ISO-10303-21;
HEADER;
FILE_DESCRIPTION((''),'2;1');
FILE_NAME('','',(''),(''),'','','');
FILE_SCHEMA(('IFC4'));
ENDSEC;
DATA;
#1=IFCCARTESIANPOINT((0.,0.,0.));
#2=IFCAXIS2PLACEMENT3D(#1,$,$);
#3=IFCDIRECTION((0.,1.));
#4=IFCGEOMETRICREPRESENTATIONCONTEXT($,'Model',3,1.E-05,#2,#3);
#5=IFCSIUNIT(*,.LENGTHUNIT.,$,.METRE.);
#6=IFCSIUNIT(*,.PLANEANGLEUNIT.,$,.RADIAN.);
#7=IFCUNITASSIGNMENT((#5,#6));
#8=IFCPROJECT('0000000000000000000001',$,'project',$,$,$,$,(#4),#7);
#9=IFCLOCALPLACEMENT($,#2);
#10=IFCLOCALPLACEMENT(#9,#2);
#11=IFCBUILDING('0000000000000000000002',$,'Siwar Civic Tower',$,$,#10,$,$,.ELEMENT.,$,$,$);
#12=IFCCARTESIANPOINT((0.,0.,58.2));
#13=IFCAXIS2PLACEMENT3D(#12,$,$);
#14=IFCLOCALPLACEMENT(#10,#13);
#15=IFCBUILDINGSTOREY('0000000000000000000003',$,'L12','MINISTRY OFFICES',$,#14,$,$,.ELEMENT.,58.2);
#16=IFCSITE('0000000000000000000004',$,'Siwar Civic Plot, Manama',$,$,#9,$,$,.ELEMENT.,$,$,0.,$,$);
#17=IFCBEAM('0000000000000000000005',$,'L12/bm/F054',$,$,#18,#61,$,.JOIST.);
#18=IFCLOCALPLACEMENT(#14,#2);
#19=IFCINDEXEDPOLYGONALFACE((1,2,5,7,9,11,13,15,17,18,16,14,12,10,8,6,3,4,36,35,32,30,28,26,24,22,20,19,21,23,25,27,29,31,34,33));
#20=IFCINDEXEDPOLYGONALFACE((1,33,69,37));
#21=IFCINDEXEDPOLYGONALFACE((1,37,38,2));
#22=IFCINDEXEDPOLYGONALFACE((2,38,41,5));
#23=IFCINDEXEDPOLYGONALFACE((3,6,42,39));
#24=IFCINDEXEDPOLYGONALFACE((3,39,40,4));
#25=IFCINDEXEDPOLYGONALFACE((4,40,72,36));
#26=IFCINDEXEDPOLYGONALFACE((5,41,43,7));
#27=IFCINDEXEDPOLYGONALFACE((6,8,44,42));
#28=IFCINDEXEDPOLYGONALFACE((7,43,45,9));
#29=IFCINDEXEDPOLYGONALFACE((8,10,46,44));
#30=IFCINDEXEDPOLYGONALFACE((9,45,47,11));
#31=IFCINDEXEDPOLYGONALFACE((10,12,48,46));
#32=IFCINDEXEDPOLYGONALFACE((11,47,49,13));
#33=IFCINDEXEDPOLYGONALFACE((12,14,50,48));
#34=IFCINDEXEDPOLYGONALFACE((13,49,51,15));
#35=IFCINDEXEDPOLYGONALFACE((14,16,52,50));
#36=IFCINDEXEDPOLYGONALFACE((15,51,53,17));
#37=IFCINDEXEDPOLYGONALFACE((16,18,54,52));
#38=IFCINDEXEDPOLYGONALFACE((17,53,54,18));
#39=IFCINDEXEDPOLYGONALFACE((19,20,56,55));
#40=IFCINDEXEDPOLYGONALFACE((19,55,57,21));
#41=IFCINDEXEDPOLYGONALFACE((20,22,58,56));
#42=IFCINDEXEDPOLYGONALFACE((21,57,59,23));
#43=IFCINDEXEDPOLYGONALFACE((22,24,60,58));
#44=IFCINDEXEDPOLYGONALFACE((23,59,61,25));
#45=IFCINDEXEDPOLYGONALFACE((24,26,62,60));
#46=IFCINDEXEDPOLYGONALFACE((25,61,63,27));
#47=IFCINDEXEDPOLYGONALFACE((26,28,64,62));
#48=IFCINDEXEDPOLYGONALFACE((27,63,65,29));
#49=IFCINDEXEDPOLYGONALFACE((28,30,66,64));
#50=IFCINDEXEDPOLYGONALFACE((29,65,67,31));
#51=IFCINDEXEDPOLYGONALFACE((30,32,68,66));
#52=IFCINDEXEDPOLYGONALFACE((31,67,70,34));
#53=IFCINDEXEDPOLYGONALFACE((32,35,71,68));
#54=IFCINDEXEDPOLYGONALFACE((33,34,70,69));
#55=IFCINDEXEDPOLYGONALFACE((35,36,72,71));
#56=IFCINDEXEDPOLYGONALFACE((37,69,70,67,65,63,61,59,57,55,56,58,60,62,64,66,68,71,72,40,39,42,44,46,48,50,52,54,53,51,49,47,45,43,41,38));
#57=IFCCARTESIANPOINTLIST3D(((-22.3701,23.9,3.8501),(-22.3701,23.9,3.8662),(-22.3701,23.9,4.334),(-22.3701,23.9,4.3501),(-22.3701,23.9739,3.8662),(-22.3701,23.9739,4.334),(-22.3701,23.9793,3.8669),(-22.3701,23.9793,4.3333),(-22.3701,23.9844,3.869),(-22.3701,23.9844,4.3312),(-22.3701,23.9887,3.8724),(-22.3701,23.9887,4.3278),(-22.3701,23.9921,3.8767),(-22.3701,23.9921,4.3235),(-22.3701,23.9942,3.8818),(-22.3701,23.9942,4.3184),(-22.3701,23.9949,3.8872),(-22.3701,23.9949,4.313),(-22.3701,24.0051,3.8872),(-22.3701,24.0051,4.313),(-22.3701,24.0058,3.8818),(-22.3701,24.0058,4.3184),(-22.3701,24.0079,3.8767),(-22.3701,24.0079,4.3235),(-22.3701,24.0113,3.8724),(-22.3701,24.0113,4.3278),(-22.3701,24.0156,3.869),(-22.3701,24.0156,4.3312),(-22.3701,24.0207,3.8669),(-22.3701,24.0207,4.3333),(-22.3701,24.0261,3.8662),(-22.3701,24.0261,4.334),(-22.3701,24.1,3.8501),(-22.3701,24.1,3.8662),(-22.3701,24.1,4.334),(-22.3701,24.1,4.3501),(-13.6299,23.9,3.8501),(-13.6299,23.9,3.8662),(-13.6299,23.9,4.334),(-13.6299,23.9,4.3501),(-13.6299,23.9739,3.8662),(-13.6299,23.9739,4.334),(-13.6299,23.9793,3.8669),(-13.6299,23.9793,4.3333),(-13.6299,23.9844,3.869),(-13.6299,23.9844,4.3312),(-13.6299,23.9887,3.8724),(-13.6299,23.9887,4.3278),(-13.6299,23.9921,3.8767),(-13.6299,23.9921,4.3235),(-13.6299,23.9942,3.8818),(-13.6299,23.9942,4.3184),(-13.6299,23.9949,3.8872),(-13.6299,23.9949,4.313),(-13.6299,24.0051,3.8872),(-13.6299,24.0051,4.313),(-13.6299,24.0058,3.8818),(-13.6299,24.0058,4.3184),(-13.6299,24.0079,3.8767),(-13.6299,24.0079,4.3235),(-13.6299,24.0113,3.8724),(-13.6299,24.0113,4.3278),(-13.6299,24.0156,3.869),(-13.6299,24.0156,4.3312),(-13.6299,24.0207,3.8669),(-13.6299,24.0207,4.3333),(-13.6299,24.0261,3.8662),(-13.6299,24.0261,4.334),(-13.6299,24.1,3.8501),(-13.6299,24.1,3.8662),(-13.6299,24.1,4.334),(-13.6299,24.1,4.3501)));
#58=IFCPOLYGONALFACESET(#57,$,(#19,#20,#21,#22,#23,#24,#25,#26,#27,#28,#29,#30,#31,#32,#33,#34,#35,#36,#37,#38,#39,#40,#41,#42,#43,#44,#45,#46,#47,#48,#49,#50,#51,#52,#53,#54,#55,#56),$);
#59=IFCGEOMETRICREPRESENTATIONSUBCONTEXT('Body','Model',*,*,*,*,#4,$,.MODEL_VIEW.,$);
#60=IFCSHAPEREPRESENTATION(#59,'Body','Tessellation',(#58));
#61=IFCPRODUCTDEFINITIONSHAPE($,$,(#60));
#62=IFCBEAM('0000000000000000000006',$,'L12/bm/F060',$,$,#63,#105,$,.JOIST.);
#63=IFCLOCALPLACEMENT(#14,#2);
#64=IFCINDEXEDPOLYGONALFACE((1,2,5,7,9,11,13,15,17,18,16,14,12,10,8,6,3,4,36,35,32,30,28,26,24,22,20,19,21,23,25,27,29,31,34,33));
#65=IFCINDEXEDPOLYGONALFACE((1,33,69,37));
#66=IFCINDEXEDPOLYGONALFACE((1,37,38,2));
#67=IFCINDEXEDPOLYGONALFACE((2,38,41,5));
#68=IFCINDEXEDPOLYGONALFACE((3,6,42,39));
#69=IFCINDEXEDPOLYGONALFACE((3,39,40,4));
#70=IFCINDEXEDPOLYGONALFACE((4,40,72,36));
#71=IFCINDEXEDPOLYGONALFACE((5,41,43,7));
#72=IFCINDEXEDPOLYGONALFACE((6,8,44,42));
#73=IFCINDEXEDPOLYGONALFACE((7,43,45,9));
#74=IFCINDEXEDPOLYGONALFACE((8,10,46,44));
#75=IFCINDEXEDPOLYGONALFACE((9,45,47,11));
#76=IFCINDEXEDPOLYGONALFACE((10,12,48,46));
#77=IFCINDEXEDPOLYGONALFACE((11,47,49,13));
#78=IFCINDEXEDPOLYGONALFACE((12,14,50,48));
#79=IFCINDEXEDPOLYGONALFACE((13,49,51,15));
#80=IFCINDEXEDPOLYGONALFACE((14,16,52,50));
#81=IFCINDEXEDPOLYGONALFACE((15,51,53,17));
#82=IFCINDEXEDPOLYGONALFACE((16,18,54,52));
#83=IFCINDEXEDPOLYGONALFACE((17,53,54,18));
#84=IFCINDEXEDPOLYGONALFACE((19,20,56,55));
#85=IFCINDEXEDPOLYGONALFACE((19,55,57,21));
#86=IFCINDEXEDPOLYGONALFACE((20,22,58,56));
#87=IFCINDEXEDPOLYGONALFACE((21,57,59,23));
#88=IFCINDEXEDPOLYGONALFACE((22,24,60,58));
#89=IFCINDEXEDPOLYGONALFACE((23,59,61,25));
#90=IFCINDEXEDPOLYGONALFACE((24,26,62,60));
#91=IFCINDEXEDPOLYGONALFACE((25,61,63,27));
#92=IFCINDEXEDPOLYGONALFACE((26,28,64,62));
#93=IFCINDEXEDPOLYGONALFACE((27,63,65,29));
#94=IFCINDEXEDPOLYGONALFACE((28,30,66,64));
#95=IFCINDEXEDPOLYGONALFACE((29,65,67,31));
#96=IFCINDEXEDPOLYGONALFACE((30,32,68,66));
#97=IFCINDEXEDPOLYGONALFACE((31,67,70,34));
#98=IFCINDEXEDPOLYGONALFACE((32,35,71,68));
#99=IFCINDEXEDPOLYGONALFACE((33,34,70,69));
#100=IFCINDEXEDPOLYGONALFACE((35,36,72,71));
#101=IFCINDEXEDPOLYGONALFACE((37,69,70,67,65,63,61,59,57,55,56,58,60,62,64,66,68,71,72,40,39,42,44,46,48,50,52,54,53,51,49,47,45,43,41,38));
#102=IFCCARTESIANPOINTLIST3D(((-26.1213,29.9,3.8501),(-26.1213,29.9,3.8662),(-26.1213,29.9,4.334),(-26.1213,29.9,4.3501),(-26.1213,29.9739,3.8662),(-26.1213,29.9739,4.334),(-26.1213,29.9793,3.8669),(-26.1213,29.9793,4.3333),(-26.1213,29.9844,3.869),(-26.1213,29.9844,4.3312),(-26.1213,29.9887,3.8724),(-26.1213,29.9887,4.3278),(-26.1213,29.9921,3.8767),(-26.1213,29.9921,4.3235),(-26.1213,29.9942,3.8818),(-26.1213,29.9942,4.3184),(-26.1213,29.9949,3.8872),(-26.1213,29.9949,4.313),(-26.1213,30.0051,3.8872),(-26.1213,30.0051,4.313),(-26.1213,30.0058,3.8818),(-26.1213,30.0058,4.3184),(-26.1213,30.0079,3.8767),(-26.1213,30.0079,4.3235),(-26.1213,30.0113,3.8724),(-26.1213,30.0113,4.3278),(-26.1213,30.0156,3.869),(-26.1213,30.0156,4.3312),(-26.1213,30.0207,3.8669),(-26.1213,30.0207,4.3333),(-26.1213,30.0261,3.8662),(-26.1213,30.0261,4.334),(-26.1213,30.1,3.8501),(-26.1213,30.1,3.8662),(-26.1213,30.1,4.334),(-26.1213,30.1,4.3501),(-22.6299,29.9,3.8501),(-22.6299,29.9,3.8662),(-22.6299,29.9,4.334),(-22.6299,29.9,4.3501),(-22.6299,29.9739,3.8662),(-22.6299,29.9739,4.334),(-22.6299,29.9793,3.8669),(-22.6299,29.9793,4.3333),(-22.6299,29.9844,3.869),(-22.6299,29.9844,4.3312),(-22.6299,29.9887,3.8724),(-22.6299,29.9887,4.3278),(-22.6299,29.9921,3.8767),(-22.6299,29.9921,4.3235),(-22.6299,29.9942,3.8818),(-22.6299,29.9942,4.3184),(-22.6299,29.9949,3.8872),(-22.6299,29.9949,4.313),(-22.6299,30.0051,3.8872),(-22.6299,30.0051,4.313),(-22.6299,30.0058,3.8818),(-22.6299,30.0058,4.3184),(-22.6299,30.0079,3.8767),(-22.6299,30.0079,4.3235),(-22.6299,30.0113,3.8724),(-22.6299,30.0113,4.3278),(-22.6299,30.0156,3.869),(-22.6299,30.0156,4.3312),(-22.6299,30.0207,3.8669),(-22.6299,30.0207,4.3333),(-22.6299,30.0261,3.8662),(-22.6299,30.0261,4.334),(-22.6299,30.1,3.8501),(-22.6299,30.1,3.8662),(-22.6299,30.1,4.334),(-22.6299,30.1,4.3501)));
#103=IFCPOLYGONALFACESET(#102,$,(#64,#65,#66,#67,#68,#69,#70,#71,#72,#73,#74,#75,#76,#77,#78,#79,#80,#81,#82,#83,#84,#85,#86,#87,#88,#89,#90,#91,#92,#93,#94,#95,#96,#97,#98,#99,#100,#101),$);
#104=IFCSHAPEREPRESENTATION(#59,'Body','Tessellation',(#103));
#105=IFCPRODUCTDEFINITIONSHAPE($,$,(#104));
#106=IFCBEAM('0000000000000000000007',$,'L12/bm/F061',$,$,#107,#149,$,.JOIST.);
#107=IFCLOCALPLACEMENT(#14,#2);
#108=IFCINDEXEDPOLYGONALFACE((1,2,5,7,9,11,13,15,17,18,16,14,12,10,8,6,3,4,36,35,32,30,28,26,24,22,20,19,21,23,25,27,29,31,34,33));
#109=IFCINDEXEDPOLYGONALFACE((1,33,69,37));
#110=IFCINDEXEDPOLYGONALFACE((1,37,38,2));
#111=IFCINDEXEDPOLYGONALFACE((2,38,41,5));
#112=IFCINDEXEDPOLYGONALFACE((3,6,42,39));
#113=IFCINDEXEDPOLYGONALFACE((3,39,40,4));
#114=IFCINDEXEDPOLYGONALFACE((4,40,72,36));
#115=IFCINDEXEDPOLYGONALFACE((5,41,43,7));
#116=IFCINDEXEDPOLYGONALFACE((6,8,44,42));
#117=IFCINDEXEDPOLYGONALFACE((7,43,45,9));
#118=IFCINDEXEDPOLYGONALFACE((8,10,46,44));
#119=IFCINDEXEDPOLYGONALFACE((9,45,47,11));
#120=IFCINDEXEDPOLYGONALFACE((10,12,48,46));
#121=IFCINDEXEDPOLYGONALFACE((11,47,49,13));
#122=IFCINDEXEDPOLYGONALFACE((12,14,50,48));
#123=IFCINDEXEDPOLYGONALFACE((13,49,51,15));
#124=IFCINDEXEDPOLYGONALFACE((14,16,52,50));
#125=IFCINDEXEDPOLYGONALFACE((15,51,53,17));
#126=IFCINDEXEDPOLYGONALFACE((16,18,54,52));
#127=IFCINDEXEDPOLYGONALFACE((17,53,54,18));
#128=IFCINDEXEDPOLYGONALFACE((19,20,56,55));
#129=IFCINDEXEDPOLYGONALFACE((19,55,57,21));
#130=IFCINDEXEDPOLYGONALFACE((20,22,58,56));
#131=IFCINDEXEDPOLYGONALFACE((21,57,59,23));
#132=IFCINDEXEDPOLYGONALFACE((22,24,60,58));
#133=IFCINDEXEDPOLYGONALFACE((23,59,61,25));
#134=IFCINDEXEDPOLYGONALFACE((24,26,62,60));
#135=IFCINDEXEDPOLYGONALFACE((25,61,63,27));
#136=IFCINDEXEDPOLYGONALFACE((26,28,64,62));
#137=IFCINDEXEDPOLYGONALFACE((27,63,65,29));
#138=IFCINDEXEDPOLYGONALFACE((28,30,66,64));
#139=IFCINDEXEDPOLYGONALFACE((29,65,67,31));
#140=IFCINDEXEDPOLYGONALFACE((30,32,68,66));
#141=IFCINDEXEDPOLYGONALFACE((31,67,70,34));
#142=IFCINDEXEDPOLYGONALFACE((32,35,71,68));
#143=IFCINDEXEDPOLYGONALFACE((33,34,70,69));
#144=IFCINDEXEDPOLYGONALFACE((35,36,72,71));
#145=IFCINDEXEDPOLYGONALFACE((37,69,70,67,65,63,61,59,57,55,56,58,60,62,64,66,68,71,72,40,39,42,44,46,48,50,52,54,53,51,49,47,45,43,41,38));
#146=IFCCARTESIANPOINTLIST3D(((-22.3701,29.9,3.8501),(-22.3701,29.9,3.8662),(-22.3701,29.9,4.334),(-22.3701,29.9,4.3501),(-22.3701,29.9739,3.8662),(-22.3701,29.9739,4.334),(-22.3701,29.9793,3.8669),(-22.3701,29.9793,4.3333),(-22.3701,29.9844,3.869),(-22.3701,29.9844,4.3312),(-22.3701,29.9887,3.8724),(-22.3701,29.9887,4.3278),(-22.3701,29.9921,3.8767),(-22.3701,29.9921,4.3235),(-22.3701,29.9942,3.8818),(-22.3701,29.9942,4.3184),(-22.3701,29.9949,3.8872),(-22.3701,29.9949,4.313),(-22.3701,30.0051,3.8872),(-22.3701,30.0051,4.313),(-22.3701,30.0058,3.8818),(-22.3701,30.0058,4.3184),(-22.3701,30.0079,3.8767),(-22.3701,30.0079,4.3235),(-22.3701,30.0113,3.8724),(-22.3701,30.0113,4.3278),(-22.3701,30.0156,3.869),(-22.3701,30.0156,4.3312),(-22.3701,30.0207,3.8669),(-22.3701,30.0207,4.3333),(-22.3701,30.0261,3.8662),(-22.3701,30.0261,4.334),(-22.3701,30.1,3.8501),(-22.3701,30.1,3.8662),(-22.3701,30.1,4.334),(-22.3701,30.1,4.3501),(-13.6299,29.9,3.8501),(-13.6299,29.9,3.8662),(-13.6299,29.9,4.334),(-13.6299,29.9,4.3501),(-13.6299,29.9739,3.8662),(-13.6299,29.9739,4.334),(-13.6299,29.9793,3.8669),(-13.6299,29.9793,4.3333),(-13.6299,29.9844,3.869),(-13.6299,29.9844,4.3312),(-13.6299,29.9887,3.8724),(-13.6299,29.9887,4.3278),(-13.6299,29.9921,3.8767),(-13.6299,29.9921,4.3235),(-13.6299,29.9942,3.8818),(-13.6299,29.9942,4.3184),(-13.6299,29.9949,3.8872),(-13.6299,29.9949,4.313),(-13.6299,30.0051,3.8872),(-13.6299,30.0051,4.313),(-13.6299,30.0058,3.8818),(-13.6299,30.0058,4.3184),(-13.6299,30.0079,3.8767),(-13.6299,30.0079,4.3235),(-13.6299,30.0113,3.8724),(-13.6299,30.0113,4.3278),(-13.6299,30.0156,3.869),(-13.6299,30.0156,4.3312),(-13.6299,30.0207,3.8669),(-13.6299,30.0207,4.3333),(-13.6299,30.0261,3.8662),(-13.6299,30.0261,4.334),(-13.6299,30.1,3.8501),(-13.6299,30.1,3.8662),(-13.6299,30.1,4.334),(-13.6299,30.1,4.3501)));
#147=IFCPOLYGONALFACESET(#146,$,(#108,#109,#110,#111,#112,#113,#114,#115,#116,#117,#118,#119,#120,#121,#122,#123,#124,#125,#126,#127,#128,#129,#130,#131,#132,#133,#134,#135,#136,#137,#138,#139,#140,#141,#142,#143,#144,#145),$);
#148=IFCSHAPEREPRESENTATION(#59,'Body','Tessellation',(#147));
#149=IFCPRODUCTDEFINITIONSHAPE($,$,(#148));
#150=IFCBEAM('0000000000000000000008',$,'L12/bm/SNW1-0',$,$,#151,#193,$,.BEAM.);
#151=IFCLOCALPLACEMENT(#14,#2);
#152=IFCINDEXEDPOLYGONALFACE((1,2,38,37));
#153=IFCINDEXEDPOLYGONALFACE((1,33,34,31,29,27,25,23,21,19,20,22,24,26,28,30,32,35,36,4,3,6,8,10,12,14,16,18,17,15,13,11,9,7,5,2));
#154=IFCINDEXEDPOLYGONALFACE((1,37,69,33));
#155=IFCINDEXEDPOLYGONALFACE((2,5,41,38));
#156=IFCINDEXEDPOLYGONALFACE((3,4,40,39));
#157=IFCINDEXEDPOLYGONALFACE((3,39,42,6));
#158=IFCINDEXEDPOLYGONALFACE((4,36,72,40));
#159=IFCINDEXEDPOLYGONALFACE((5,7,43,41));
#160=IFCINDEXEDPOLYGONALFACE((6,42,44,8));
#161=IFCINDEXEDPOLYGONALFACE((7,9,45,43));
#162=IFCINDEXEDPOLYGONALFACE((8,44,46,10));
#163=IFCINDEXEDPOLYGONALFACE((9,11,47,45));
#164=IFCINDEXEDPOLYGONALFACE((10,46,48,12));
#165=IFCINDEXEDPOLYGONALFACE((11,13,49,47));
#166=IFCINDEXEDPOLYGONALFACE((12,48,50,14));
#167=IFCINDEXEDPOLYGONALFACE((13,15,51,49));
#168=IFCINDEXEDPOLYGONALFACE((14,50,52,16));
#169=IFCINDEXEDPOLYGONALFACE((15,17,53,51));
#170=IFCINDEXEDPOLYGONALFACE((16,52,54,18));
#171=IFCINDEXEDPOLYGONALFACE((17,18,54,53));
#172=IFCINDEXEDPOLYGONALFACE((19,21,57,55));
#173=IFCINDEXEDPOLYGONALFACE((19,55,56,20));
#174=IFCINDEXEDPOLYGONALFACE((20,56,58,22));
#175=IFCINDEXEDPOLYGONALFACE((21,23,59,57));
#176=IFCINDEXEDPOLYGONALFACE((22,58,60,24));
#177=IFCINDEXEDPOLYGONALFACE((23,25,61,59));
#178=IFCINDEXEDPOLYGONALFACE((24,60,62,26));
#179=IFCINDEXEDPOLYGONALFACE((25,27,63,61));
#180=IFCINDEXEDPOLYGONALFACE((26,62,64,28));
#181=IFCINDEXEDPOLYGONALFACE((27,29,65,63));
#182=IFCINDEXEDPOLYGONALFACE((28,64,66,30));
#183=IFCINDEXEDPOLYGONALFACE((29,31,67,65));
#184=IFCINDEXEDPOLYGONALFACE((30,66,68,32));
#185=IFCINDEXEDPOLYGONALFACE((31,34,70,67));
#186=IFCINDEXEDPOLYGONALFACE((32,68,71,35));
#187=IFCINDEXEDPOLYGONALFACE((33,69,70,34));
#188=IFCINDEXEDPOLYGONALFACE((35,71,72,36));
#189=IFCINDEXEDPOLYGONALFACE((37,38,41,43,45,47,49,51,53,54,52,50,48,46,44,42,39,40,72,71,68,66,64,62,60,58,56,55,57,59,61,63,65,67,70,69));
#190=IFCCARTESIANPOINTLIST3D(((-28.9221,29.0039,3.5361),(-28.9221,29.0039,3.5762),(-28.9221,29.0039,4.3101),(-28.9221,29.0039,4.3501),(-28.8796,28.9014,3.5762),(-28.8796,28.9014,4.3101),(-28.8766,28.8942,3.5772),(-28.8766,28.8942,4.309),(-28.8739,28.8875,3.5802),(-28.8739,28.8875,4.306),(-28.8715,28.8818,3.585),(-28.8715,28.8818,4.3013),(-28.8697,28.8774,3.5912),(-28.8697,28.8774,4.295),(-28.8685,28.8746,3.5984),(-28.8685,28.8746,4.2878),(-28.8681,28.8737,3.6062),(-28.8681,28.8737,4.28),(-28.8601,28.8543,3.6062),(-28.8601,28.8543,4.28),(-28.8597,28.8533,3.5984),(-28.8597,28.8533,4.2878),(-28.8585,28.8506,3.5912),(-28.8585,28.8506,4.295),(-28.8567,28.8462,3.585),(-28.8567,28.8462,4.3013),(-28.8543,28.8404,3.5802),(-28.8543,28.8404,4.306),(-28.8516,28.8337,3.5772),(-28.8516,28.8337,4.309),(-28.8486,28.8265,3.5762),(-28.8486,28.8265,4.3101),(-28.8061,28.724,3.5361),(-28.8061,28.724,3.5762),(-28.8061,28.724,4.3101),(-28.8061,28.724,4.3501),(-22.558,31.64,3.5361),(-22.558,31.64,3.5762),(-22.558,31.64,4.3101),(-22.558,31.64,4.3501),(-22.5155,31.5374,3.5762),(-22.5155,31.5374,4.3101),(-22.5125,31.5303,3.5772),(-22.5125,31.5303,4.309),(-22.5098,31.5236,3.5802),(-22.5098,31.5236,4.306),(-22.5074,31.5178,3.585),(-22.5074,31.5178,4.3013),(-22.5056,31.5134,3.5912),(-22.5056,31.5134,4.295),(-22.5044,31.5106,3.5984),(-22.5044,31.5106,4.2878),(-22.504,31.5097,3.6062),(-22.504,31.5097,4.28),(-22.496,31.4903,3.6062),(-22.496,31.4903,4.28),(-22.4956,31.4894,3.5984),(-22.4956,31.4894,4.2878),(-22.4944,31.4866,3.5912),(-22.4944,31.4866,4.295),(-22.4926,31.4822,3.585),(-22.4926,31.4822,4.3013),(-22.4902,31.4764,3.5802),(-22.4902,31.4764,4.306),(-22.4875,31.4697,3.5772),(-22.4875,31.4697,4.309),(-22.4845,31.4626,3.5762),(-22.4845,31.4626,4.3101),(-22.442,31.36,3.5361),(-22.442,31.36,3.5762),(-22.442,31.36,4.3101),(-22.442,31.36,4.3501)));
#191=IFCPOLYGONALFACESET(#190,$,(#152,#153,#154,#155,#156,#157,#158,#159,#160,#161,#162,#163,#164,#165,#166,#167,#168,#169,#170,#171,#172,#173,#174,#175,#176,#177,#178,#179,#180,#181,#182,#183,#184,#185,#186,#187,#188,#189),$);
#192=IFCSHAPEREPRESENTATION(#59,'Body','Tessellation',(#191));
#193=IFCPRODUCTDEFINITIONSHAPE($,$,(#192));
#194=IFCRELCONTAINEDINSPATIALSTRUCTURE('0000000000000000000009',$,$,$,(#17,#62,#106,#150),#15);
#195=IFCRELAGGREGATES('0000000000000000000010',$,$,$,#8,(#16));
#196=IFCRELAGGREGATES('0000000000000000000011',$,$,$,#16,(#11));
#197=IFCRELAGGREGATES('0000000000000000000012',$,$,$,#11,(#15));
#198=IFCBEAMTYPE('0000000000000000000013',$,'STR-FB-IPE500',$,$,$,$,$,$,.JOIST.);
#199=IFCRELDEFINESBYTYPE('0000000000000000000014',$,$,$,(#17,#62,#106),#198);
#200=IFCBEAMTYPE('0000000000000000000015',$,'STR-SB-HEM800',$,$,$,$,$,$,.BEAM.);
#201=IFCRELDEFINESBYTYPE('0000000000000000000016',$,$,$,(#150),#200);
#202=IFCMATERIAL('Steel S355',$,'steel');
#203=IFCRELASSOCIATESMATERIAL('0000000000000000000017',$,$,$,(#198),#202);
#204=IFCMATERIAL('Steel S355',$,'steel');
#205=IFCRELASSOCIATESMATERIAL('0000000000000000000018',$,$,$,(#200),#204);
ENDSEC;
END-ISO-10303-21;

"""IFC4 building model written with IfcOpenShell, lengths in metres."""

from ifc_helpers import new_model, si_unit, direction, frame, origin, origin_2d, place, context, subcontext, project, spatial, i_section, extrude, material, material_profile, profile_set, type_object, element, save


model = new_model("IFC4")

# Units and contexts
model_context = context("Model", 3, precision=1e-05, world=origin(), true_north=direction((0.0, 1.0)))
body_context = subcontext(model_context, "Body", "Model", "MODEL_VIEW")
ifc_project = project(units=[si_unit("LENGTHUNIT", "METRE"), si_unit("PLANEANGLEUNIT", "RADIAN")], contexts=[model_context])

# Site, building, storey
site_placement = place(None, origin())
site = spatial("IfcSite", under=ifc_project, at=site_placement, Name="Siwar Civic Plot, Manama", CompositionType="ELEMENT", RefElevation=0.0)
building_placement = place(site_placement, origin())
building = spatial("IfcBuilding", under=site, at=building_placement, Name="Siwar Civic Tower", CompositionType="ELEMENT")
storey_placement = place(building_placement, frame((0.0, 0.0, 58.2)))
storey = spatial("IfcBuildingStorey", under=building, at=storey_placement, Name="L12", Description="MINISTRY OFFICES", CompositionType="ELEMENT", Elevation=58.2)

# Beams
ifc_material_1 = material(Name="Steel S355", Category="steel")
ifc_material_profile_1 = material_profile(ifc_material_1, i_section(OverallWidth=0.2, OverallDepth=0.5, WebThickness=0.0103, FlangeThickness=0.0161, FilletRadius=0.021, at=origin_2d()), Name="IPE500")
ifc_profile_set_1 = profile_set([ifc_material_profile_1], Name="Steel S355")
beam_type_1 = type_object("IfcBeamType", Name="STR-FB-IPE500", PredefinedType="JOIST", material=ifc_profile_set_1)
beam_1_placement = place(storey_placement, frame((-22.3701, 24.0, 4.1001), z_axis=(1.0, 0.0, 0.0), x_axis=(0.0, 1.0, 0.0)))
element("IfcBeam", 1, at=beam_1_placement, inside=storey, type_object=beam_type_1, Name="L12/bm/F054", PredefinedType="JOIST", context=body_context, shape_type="SweptSolid", body=[
    extrude(i_section(OverallWidth=0.2, OverallDepth=0.5, WebThickness=0.0103, FlangeThickness=0.0161, FilletRadius=0.021, at=origin_2d()), origin(), (0.0, 0.0, 1.0), 8.7402),
])
beam_2_placement = place(storey_placement, frame((-26.1213, 30.0, 4.1001), z_axis=(1.0, 0.0, 0.0), x_axis=(0.0, 1.0, 0.0)))
element("IfcBeam", 2, at=beam_2_placement, inside=storey, type_object=beam_type_1, Name="L12/bm/F060", PredefinedType="JOIST", context=body_context, shape_type="SweptSolid", body=[
    extrude(i_section(OverallWidth=0.2, OverallDepth=0.5, WebThickness=0.0103, FlangeThickness=0.0161, FilletRadius=0.021, at=origin_2d()), origin(), (0.0, 0.0, 1.0), 3.4915),
])
beam_3_placement = place(storey_placement, frame((-22.3701, 30.0, 4.1001), z_axis=(1.0, 0.0, 0.0), x_axis=(0.0, 1.0, 0.0)))
element("IfcBeam", 3, at=beam_3_placement, inside=storey, type_object=beam_type_1, Name="L12/bm/F061", PredefinedType="JOIST", context=body_context, shape_type="SweptSolid", body=[
    extrude(i_section(OverallWidth=0.2, OverallDepth=0.5, WebThickness=0.0103, FlangeThickness=0.0161, FilletRadius=0.021, at=origin_2d()), origin(), (0.0, 0.0, 1.0), 8.7402),
])
ifc_material_2 = material(Name="Steel S355", Category="steel")
ifc_material_profile_2 = material_profile(ifc_material_2, i_section(OverallWidth=0.303, OverallDepth=0.814, WebThickness=0.021, FlangeThickness=0.04, FilletRadius=0.03, at=origin_2d()), Name="HEM800")
ifc_profile_set_2 = profile_set([ifc_material_profile_2], Name="Steel S355")
beam_type_2 = type_object("IfcBeamType", Name="STR-SB-HEM800", PredefinedType="BEAM", material=ifc_profile_set_2)
for number, where, z_axis, x_axis, name in (
    (4, (-22.5, 31.5, 3.9431), (-0.923883, -0.382674, 0.0), (0.382674, -0.923883, 0.0), "L12/bm/SNW1-0"),
):
    element("IfcBeam", number, at=place(storey_placement, frame(where, z_axis=z_axis, x_axis=x_axis)), inside=storey, type_object=beam_type_2, Name=name, PredefinedType="BEAM", context=body_context, shape_type="SweptSolid", body=[
        extrude(i_section(OverallWidth=0.303, OverallDepth=0.814, WebThickness=0.021, FlangeThickness=0.04, FilletRadius=0.03, at=origin_2d()), origin(), (0.0, 0.0, 1.0), 6.8884),
    ])

save(model, "model.ifc")
